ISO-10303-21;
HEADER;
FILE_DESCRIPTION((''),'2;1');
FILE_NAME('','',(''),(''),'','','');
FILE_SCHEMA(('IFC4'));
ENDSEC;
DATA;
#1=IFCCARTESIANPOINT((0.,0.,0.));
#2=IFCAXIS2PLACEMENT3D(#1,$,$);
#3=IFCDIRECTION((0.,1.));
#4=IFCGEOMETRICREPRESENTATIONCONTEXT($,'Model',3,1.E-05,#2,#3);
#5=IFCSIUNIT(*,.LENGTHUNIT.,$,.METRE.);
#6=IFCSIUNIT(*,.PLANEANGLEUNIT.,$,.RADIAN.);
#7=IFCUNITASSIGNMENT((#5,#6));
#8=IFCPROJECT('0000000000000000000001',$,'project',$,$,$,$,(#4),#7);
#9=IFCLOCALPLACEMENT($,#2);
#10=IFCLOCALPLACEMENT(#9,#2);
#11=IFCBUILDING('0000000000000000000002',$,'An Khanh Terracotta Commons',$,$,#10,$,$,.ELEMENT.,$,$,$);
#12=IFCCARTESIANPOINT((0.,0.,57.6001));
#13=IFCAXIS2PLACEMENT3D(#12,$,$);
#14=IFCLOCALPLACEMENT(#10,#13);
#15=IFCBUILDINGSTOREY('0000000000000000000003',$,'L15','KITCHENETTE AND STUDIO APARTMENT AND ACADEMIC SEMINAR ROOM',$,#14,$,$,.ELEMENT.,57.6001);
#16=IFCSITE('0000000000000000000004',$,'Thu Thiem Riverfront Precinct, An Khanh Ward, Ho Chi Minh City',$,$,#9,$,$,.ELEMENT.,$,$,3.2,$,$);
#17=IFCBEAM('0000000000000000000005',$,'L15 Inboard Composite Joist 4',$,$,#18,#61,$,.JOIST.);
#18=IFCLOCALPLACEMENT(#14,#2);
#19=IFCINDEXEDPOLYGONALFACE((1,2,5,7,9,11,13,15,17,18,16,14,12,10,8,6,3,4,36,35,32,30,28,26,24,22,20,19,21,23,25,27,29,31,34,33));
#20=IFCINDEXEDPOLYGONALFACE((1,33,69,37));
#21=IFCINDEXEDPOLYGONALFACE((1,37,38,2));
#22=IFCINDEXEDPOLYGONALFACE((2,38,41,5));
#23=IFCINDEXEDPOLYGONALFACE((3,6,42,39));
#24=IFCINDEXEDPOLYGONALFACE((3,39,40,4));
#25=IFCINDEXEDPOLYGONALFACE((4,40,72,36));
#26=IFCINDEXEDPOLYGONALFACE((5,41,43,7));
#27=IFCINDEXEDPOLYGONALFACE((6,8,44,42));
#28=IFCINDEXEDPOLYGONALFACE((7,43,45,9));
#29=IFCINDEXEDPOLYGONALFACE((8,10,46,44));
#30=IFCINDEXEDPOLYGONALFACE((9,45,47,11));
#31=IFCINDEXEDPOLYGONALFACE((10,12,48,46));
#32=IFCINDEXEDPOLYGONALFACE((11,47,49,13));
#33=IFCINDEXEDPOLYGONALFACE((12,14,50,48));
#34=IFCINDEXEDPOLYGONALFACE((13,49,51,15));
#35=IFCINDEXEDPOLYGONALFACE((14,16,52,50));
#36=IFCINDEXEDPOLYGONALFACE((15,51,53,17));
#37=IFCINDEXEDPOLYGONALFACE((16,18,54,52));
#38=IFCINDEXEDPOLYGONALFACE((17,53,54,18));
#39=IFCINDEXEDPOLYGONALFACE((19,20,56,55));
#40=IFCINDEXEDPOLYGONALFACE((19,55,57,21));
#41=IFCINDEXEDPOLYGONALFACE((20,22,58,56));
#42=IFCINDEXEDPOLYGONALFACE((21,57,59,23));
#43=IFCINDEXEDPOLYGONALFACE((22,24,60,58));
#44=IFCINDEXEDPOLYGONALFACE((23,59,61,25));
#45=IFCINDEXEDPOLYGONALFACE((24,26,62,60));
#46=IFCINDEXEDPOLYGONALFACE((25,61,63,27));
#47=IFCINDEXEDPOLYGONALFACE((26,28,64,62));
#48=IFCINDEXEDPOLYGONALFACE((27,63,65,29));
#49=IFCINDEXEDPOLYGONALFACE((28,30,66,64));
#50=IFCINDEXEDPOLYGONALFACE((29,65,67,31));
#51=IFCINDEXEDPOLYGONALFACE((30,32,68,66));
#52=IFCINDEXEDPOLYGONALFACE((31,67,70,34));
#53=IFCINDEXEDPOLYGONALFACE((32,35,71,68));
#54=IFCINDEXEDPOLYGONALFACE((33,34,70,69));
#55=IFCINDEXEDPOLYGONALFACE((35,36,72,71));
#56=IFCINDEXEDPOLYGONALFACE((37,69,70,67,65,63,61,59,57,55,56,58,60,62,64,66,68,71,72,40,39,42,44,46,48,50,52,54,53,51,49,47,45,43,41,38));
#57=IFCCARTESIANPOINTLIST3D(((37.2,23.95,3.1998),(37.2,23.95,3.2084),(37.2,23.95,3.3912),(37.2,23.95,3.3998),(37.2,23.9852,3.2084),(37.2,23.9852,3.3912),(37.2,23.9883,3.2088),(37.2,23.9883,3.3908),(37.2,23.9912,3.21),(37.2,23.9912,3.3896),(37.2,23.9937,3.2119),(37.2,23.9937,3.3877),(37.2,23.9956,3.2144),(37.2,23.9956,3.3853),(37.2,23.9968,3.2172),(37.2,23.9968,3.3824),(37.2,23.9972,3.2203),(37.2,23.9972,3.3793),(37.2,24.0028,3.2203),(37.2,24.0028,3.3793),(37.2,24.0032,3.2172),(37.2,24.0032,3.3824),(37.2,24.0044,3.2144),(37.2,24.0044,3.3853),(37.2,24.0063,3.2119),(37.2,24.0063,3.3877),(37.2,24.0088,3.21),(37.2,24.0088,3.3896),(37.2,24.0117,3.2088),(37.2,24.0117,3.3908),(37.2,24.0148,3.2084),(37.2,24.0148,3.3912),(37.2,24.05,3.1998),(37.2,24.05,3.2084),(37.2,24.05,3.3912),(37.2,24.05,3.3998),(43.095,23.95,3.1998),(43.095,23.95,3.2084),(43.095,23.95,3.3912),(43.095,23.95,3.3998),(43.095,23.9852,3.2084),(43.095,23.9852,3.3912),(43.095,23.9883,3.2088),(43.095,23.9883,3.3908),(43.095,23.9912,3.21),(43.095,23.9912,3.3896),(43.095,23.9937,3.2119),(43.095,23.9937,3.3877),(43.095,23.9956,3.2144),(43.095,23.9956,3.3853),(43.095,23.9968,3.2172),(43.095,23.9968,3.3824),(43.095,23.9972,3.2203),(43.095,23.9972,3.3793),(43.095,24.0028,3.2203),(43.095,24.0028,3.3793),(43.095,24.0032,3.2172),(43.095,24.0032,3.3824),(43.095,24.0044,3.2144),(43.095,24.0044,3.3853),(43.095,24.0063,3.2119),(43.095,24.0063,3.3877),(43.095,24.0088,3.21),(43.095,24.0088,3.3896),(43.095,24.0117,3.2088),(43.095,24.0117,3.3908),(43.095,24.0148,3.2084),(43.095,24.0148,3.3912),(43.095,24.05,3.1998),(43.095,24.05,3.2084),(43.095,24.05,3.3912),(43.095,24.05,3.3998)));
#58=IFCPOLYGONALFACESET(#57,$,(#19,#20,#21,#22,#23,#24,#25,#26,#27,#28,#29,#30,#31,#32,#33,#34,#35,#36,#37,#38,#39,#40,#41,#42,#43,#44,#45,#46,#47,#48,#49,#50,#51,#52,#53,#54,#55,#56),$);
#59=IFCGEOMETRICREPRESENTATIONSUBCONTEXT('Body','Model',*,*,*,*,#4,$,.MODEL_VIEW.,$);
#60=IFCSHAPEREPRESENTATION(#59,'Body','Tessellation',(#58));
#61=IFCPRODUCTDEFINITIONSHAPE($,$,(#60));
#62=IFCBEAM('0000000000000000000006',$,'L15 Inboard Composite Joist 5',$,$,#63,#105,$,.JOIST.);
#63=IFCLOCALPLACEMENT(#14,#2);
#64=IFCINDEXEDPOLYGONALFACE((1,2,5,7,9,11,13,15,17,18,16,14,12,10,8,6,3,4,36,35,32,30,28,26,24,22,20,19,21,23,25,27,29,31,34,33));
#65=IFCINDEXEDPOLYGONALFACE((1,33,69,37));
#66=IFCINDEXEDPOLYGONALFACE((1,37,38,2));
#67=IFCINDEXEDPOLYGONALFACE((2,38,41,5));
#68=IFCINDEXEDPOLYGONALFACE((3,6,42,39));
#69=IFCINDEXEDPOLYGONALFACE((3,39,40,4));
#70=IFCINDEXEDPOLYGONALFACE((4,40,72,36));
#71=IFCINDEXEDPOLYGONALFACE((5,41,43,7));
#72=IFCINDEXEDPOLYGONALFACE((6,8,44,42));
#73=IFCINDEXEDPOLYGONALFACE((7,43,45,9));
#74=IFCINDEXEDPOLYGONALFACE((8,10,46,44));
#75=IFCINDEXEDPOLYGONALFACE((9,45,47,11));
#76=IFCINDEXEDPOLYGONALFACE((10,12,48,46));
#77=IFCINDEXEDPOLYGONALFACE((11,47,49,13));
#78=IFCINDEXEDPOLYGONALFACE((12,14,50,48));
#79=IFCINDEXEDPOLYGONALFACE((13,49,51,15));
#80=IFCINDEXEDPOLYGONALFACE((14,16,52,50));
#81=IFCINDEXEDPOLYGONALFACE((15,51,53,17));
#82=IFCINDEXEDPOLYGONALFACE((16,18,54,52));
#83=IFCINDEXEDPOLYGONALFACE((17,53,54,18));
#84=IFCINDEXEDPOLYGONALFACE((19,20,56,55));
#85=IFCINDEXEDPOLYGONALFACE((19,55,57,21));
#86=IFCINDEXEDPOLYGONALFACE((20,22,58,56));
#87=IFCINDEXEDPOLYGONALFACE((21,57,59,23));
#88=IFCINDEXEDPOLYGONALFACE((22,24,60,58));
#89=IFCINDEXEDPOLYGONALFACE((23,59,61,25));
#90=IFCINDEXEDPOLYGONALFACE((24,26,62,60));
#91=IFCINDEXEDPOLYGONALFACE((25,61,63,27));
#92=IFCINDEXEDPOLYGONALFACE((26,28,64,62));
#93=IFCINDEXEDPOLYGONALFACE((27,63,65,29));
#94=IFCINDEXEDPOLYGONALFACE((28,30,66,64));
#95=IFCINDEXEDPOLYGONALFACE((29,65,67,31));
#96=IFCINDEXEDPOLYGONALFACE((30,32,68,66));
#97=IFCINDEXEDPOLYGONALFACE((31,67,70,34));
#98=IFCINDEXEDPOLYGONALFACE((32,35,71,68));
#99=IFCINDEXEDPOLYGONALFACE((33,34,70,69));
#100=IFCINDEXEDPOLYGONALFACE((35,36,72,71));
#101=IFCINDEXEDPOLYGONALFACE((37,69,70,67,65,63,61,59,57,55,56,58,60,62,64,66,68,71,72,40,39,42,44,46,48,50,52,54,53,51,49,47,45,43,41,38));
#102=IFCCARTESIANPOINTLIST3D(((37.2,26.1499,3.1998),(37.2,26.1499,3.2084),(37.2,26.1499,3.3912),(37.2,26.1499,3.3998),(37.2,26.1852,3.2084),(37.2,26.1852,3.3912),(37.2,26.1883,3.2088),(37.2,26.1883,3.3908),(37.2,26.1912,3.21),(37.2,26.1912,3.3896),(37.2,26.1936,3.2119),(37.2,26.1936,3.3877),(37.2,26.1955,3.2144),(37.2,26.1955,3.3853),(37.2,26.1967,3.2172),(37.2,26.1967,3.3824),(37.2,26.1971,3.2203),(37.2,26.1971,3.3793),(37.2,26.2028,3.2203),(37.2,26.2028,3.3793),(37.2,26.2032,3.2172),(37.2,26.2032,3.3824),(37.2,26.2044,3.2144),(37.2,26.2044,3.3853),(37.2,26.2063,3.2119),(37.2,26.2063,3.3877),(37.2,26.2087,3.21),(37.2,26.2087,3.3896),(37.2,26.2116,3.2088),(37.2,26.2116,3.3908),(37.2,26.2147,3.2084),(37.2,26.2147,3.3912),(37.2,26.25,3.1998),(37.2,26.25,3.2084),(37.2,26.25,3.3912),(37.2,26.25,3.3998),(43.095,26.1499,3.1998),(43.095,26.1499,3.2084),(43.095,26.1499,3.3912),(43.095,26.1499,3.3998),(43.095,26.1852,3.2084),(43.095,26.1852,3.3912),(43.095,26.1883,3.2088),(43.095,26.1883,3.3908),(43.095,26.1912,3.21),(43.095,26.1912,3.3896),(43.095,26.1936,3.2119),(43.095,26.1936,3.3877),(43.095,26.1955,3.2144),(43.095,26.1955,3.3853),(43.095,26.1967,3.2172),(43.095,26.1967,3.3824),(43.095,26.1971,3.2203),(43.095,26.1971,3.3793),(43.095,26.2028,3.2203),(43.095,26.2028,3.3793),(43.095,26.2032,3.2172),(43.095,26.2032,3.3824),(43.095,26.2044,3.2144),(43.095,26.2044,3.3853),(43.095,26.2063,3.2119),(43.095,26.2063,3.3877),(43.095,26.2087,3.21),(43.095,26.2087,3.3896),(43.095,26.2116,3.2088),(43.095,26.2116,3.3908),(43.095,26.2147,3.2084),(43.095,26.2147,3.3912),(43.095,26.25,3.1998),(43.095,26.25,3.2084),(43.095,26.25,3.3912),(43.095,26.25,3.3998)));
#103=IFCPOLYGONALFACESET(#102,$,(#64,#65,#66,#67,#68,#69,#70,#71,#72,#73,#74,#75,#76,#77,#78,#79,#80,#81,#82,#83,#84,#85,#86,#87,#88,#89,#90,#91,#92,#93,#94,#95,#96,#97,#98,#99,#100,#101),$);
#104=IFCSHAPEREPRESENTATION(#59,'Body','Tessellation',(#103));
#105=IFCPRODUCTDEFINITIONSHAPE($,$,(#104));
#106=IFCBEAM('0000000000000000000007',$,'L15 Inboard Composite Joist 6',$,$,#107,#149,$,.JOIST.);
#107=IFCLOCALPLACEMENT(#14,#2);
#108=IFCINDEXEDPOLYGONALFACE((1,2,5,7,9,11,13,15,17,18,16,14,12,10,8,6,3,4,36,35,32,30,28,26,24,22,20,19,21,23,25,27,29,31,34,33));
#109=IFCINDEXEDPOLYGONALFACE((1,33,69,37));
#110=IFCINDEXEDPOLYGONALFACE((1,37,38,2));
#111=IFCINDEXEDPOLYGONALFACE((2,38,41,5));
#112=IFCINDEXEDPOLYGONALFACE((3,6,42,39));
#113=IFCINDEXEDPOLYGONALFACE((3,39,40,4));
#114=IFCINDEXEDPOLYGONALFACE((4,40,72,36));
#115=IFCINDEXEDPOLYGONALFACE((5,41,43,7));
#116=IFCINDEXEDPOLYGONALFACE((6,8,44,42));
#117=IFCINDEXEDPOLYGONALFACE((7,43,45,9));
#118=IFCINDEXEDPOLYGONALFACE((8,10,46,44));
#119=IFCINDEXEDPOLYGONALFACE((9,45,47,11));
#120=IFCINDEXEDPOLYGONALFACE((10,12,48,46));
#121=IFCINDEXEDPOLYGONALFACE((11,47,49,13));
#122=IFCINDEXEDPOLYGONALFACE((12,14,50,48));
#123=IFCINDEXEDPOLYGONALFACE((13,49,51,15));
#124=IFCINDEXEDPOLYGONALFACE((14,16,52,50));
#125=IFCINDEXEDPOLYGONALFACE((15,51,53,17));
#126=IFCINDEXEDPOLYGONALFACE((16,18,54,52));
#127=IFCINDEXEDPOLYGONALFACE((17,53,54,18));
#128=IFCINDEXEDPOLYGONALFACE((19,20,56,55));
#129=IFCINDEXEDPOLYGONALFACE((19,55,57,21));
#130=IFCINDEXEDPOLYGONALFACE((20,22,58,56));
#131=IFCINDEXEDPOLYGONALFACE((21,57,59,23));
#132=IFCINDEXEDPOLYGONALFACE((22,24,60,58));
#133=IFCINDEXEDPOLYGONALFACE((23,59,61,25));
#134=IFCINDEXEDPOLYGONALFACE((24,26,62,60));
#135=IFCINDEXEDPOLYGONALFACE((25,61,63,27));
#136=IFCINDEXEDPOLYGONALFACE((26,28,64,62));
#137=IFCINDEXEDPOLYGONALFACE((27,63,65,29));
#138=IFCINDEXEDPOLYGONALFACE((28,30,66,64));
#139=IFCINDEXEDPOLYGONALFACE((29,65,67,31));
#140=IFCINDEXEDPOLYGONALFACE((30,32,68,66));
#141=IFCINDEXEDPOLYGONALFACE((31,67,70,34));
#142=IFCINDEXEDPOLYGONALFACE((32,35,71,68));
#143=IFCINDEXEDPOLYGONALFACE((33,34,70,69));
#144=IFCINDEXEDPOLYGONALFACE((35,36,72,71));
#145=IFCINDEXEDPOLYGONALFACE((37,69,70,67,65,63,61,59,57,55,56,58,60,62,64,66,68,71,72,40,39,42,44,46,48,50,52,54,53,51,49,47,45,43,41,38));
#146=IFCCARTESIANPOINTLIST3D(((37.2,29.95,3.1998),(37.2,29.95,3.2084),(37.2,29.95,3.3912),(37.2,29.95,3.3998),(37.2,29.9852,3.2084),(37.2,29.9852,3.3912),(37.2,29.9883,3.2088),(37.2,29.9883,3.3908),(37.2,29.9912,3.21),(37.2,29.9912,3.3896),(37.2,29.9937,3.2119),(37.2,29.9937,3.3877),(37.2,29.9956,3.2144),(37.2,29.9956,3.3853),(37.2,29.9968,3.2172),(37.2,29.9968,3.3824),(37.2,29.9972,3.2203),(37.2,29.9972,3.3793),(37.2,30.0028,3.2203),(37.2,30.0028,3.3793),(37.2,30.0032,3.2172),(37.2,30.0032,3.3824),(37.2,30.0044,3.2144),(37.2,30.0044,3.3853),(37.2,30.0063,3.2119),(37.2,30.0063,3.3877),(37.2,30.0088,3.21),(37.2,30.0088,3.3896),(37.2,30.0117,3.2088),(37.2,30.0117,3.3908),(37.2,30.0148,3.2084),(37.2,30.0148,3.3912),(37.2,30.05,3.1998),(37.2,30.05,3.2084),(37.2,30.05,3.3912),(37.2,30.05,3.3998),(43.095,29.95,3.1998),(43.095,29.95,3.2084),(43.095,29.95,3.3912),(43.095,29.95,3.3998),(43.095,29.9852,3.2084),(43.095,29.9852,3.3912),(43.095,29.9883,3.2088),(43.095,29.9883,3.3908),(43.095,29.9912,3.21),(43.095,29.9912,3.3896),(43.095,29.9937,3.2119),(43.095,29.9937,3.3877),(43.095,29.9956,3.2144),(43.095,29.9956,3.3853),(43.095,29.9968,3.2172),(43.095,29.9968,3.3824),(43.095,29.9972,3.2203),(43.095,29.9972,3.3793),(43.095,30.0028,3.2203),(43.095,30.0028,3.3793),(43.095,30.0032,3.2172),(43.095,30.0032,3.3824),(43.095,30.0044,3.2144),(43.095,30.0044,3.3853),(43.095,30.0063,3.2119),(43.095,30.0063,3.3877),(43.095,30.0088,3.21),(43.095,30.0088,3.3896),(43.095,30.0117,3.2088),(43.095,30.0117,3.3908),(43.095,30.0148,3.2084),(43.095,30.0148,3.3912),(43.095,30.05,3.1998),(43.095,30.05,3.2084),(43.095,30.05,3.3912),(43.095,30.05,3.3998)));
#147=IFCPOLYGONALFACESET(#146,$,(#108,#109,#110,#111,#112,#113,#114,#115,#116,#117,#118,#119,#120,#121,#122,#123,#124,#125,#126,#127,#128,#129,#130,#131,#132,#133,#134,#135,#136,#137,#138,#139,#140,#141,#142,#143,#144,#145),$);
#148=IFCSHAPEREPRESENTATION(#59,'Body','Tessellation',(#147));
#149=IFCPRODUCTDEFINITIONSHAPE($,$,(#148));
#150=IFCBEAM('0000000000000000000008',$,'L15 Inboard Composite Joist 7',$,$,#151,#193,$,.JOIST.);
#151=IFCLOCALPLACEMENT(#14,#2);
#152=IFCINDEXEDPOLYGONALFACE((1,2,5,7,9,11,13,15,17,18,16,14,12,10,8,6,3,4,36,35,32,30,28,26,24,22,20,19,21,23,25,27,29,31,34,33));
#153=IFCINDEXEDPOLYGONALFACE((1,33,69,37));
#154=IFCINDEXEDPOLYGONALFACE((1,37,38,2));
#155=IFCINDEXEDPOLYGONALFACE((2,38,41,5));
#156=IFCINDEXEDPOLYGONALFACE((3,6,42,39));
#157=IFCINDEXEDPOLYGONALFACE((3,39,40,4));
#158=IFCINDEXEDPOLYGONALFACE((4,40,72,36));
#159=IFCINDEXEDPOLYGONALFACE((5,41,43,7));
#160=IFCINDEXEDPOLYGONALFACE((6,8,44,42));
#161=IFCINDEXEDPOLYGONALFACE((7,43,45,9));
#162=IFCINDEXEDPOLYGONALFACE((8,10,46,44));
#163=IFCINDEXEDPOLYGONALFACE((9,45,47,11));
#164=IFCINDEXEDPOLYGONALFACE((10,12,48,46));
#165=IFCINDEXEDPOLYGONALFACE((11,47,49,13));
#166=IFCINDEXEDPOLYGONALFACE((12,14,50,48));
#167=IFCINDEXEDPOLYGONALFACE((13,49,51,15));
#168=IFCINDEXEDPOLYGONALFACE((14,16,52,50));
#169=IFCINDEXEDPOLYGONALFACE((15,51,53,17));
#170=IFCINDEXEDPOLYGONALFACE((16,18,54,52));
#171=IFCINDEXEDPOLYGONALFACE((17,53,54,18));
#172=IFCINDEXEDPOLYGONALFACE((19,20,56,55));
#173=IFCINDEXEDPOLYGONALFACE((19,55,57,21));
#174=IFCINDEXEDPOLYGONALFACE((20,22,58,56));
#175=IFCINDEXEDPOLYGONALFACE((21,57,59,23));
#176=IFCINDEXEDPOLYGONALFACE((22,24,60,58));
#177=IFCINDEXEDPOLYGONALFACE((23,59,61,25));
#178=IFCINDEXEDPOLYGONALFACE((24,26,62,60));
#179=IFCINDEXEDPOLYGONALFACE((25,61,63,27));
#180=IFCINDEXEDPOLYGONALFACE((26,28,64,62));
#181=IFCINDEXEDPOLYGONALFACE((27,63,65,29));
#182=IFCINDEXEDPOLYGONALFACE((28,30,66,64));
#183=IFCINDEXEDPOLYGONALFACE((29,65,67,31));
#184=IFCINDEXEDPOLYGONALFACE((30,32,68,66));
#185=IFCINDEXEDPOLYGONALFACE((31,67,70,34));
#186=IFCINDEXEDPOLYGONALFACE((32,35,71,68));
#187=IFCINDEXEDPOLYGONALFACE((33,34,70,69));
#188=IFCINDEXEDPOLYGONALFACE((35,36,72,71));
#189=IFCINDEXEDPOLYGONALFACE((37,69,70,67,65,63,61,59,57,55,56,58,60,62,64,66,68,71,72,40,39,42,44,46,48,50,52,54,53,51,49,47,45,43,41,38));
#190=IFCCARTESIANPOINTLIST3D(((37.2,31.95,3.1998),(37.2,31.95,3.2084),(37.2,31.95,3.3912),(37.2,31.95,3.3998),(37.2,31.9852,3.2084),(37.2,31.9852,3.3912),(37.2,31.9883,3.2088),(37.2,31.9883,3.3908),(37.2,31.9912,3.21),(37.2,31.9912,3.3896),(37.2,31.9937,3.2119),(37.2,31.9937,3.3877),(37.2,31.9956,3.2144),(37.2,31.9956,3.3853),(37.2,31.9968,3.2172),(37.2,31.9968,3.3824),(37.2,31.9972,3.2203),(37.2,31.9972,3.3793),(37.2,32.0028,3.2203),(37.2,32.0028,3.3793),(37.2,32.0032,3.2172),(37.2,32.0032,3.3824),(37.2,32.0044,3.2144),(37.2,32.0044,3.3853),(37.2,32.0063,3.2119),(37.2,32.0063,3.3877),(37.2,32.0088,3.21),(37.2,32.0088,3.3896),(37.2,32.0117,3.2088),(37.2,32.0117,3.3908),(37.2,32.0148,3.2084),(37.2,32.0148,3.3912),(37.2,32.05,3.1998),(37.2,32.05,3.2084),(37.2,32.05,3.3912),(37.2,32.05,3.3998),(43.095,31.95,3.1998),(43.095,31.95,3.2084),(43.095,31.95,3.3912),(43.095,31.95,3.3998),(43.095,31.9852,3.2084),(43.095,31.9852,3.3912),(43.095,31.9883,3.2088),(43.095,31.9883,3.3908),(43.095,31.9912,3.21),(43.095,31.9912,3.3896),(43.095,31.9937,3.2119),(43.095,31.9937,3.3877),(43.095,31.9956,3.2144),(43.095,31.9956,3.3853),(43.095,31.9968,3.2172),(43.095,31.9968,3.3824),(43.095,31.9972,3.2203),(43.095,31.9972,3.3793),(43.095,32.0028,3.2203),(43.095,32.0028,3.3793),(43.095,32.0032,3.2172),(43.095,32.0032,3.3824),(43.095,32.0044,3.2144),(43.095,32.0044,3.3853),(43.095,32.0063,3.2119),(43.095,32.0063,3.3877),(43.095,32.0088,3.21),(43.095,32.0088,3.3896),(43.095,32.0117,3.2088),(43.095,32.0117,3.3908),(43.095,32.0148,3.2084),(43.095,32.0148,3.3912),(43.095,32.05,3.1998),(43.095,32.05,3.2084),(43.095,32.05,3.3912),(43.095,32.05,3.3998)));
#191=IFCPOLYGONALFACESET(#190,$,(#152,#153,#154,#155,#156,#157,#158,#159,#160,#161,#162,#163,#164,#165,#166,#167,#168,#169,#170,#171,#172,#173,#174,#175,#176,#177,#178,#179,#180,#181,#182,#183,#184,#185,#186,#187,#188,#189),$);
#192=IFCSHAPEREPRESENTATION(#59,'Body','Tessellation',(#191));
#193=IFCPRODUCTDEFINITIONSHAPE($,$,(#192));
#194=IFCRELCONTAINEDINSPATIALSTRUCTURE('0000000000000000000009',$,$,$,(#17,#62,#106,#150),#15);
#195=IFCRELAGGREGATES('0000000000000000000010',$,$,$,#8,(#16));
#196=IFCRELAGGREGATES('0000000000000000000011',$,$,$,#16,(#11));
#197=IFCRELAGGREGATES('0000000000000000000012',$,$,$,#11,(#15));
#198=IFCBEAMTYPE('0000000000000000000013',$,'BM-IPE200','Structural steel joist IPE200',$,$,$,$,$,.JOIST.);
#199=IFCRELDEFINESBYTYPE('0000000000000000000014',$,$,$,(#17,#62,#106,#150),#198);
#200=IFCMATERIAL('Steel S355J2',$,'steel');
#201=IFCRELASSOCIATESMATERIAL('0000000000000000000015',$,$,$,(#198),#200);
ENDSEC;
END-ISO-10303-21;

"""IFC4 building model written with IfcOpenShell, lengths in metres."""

from ifc_helpers import new_model, si_unit, direction, frame, origin, origin_2d, place, context, subcontext, project, spatial, i_section, extrude, material, material_profile, profile_set, type_object, element, save


model = new_model("IFC4")

# Units and contexts
model_context = context("Model", 3, precision=1e-05, world=origin(), true_north=direction((0.0, 1.0)))
body_context = subcontext(model_context, "Body", "Model", "MODEL_VIEW")
ifc_project = project(units=[si_unit("LENGTHUNIT", "METRE"), si_unit("PLANEANGLEUNIT", "RADIAN")], contexts=[model_context])

# Site, building, storey
site_placement = place(None, origin())
site = spatial("IfcSite", under=ifc_project, at=site_placement, Name="Thu Thiem Riverfront Precinct, An Khanh Ward, Ho Chi Minh City", CompositionType="ELEMENT", RefElevation=3.2)
building_placement = place(site_placement, origin())
building = spatial("IfcBuilding", under=site, at=building_placement, Name="An Khanh Terracotta Commons", CompositionType="ELEMENT")
storey_placement = place(building_placement, frame((0.0, 0.0, 57.6001)))
storey = spatial("IfcBuildingStorey", under=building, at=storey_placement, Name="L15", Description="KITCHENETTE AND STUDIO APARTMENT AND ACADEMIC SEMINAR ROOM", CompositionType="ELEMENT", Elevation=57.6001)

# Beams
ifc_material_1 = material(Name="Steel S355J2", Category="steel")
ifc_material_profile_1 = material_profile(ifc_material_1, i_section(OverallWidth=0.1001, OverallDepth=0.2, WebThickness=0.0056, FlangeThickness=0.0085, FilletRadius=0.012, at=origin_2d()), Name="IPE200")
ifc_profile_set_1 = profile_set([ifc_material_profile_1], Name="Steel S355J2")
beam_type_1 = type_object("IfcBeamType", Name="BM-IPE200", Description="Structural steel joist IPE200", PredefinedType="JOIST", material=ifc_profile_set_1)
for number, where, z_axis, x_axis, name in (
    (1, (37.2, 24.0, 3.2998), (1.0, 0.0, 0.0), (0.0, 1.0, 0.0), "L15 Inboard Composite Joist 4"),
    (2, (37.2, 26.2, 3.2998), (1.0, 0.0, 0.0), (0.0, 1.0, 0.0), "L15 Inboard Composite Joist 5"),
    (3, (37.2, 30.0, 3.2998), (1.0, 0.0, 0.0), (0.0, 1.0, 0.0), "L15 Inboard Composite Joist 6"),
    (4, (37.2, 32.0, 3.2998), (1.0, 0.0, 0.0), (0.0, 1.0, 0.0), "L15 Inboard Composite Joist 7"),
):
    element("IfcBeam", number, at=place(storey_placement, frame(where, z_axis=z_axis, x_axis=x_axis)), inside=storey, type_object=beam_type_1, Name=name, PredefinedType="JOIST", context=body_context, shape_type="SweptSolid", body=[
        extrude(i_section(OverallWidth=0.1001, OverallDepth=0.2, WebThickness=0.0056, FlangeThickness=0.0085, FilletRadius=0.012, at=origin_2d()), origin(), (0.0, 0.0, 1.0), 5.895),
    ])

save(model, "model.ifc")
